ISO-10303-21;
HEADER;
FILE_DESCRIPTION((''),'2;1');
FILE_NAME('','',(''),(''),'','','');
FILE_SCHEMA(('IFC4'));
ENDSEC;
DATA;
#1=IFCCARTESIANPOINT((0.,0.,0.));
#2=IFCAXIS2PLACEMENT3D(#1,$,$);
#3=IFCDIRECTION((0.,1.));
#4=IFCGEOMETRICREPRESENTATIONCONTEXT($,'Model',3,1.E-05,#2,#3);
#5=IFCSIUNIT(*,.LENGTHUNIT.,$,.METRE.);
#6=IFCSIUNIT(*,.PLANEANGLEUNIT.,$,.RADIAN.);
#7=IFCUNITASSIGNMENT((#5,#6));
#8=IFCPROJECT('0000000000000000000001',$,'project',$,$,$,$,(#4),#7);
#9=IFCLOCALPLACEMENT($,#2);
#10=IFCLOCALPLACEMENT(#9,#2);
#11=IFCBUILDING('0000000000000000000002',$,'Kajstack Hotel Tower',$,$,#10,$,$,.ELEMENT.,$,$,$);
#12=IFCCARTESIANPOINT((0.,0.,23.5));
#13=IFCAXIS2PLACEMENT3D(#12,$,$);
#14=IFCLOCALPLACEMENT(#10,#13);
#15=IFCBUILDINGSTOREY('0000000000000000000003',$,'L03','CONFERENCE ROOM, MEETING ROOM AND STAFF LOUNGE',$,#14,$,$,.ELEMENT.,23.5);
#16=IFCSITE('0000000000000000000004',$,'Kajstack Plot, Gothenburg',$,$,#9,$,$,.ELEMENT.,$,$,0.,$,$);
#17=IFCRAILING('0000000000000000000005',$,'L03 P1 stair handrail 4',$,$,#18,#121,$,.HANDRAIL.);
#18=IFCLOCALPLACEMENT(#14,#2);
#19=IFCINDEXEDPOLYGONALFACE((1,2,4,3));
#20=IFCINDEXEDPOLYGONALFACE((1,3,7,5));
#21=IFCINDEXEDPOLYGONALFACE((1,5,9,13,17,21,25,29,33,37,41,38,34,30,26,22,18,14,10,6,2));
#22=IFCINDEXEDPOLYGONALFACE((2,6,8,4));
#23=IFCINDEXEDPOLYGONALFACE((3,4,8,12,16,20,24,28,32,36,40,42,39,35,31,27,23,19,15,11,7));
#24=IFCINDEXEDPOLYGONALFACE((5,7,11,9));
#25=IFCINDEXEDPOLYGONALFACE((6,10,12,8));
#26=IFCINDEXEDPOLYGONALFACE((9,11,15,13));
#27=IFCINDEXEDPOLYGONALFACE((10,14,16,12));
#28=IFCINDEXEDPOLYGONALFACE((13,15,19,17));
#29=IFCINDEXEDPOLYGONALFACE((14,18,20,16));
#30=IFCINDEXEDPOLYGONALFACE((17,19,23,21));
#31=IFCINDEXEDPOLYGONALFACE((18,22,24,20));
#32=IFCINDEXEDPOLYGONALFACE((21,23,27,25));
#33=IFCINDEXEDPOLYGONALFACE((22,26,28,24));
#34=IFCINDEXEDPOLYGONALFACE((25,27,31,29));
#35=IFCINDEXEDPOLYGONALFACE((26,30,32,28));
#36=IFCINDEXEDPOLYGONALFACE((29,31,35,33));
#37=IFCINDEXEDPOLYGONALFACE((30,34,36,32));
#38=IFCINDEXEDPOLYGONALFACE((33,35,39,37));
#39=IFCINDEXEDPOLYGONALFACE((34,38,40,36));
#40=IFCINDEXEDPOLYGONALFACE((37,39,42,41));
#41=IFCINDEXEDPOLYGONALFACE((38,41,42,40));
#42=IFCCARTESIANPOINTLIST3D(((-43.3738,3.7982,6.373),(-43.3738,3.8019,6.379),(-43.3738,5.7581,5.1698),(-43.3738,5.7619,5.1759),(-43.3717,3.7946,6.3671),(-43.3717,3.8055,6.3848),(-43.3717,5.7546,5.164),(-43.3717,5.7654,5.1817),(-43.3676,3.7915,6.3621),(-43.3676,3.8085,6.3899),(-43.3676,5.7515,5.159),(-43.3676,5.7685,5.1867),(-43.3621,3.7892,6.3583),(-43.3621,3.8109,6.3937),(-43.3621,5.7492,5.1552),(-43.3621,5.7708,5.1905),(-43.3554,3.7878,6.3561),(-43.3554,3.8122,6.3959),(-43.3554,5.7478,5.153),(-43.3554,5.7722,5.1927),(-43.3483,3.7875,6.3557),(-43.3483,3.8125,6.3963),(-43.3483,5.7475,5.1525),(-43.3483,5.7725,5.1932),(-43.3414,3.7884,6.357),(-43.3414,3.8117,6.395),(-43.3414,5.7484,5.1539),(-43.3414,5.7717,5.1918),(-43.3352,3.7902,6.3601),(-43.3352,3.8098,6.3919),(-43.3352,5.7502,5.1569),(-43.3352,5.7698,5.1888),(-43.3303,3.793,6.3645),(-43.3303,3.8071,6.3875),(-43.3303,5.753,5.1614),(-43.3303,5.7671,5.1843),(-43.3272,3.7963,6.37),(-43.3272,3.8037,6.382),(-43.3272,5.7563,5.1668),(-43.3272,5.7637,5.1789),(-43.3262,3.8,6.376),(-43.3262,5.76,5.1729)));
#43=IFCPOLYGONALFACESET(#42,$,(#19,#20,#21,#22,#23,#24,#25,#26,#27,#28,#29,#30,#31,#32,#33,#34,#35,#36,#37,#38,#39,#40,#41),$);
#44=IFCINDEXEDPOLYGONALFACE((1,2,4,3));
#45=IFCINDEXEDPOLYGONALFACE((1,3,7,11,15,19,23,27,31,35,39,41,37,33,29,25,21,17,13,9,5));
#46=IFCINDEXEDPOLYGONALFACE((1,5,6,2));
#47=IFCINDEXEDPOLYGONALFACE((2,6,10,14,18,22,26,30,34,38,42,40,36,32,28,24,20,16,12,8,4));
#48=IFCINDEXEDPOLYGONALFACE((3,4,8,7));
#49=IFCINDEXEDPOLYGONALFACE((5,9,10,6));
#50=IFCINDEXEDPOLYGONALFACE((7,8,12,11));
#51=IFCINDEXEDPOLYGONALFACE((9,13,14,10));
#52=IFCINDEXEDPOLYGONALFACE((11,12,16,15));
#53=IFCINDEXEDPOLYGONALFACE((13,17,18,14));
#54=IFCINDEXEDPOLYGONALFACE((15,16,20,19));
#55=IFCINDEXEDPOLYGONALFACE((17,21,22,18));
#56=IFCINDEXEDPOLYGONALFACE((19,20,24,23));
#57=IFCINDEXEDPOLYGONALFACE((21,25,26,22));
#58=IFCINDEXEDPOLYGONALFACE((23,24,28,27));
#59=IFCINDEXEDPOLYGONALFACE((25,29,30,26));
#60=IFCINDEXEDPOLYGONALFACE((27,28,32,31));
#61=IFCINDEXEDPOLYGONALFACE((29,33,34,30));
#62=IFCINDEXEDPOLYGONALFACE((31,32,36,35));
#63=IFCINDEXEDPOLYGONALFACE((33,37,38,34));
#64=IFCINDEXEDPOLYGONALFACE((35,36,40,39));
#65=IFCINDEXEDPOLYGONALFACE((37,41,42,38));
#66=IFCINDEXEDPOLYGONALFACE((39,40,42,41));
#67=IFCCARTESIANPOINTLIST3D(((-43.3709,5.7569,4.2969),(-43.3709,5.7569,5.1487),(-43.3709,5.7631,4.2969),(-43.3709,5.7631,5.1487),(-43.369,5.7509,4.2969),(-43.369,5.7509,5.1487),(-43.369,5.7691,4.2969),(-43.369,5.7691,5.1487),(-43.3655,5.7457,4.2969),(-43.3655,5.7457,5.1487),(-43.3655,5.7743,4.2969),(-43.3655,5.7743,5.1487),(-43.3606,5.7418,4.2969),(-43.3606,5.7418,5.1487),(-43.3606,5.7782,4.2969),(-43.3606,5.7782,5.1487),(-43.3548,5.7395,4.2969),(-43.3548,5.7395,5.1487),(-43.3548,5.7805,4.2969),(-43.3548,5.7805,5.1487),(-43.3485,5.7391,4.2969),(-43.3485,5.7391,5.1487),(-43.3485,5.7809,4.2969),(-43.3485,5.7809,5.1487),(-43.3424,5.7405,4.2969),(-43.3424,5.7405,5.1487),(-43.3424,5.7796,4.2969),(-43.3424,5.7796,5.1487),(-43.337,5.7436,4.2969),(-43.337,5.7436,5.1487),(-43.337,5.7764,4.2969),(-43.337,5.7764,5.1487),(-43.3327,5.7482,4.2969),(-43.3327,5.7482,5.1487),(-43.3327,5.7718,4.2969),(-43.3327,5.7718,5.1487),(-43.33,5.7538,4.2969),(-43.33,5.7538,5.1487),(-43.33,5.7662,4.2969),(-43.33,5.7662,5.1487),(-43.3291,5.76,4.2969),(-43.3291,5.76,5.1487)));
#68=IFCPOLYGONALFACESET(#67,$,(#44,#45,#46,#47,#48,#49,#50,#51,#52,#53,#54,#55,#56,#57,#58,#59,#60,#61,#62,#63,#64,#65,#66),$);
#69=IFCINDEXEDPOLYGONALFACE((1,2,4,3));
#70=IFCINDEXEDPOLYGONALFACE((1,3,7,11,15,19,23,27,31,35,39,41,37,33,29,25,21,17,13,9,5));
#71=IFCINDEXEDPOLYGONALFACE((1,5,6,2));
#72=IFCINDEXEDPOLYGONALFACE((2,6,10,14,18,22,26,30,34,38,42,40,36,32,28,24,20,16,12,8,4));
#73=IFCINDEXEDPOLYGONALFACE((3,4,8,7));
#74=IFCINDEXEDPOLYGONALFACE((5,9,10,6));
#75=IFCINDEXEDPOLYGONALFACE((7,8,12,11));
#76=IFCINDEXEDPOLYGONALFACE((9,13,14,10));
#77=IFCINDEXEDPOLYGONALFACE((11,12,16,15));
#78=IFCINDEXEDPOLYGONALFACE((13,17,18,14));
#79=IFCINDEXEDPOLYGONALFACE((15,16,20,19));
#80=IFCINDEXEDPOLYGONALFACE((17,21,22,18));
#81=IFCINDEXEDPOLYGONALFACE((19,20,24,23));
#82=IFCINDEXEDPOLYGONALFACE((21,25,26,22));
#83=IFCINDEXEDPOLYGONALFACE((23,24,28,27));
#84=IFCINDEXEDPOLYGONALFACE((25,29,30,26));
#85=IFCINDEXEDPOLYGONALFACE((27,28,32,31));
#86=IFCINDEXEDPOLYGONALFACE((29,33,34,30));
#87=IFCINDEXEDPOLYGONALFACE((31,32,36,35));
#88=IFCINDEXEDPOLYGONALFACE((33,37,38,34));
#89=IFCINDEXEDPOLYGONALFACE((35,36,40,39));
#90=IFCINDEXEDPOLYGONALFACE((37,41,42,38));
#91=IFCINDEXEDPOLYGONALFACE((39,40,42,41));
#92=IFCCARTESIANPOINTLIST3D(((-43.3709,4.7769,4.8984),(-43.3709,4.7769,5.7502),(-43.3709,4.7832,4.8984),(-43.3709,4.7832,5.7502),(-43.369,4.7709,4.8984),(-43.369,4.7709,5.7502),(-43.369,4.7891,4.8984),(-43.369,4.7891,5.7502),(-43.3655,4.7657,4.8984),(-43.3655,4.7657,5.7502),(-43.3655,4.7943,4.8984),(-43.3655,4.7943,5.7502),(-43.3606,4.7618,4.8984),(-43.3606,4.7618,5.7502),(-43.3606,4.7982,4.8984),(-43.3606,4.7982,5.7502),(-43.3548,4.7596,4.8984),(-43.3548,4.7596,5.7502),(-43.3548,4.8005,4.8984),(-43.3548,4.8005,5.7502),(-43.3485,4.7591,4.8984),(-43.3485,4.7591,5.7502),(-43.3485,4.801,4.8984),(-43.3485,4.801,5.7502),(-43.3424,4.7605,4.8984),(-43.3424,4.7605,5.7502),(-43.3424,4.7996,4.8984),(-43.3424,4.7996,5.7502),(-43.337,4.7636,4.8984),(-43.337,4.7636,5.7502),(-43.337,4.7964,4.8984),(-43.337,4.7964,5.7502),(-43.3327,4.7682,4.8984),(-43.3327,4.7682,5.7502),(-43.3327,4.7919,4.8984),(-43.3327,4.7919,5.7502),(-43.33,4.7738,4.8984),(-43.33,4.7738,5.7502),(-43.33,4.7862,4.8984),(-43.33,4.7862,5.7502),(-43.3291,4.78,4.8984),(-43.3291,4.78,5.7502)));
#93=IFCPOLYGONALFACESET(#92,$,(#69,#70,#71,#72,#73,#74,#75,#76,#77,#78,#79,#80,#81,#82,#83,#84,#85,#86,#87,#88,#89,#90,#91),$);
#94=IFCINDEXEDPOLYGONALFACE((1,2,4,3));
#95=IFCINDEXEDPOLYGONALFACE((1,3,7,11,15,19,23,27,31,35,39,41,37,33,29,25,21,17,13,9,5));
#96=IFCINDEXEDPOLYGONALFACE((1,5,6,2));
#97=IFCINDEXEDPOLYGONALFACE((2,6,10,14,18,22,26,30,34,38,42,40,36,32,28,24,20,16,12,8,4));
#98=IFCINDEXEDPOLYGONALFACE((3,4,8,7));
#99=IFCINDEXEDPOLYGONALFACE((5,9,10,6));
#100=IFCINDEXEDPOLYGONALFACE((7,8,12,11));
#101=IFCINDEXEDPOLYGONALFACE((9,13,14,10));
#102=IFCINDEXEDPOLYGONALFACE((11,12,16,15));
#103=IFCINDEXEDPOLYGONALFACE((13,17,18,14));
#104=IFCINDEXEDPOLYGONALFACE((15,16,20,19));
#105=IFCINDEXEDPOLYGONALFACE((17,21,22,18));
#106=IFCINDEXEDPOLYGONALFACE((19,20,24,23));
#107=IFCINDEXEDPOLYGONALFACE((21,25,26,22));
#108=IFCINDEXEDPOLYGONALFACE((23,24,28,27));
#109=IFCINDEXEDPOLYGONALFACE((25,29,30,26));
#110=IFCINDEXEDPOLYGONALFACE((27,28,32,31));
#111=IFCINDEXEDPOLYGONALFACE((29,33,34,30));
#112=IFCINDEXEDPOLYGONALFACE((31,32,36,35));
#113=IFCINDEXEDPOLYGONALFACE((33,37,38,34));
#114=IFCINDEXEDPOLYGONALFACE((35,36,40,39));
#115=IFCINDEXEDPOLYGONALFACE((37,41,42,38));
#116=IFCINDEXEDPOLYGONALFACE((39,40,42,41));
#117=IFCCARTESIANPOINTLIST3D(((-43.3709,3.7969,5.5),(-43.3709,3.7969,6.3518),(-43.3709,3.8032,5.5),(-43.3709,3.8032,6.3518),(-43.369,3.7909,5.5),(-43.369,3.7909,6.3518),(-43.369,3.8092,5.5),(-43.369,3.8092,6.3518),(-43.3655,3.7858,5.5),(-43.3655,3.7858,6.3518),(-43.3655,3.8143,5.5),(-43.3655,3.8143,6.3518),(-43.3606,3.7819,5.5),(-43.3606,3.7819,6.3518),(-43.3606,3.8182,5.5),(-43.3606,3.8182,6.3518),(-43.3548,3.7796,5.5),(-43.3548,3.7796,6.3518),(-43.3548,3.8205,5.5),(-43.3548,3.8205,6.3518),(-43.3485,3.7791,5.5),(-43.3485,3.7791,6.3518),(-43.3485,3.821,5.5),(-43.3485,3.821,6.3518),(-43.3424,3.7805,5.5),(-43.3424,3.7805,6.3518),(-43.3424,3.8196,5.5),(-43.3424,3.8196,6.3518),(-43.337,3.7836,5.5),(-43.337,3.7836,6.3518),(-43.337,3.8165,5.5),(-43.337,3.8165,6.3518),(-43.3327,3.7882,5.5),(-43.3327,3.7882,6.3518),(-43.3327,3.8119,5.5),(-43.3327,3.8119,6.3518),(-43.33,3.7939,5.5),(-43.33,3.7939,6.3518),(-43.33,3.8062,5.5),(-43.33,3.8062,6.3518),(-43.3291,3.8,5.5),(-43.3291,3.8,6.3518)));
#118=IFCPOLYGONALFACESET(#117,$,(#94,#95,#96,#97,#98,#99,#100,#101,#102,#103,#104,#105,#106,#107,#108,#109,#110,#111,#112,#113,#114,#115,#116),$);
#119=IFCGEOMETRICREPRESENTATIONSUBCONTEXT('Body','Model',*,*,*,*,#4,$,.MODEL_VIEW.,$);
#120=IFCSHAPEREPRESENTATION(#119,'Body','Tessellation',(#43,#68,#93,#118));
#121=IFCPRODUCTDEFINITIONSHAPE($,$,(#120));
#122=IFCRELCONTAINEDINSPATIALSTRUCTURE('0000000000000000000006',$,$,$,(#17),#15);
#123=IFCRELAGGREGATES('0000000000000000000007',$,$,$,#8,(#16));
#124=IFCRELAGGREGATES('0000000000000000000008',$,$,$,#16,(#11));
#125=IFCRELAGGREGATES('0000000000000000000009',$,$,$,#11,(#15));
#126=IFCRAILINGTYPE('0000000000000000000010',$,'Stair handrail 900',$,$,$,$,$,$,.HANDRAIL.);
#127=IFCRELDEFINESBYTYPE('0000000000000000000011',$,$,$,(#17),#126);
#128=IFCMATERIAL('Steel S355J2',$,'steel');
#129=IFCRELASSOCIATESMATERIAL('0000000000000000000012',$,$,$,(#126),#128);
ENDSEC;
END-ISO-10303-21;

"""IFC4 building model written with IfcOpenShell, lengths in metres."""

from ifc_helpers import new_model, si_unit, direction, frame, origin, origin_2d, place, context, subcontext, project, spatial, circle, extrude, material, type_object, element, save


model = new_model("IFC4")

# Units and contexts
model_context = context("Model", 3, precision=1e-05, world=origin(), true_north=direction((0.0, 1.0)))
body_context = subcontext(model_context, "Body", "Model", "MODEL_VIEW")
ifc_project = project(units=[si_unit("LENGTHUNIT", "METRE"), si_unit("PLANEANGLEUNIT", "RADIAN")], contexts=[model_context])

# Site, building, storey
site_placement = place(None, origin())
site = spatial("IfcSite", under=ifc_project, at=site_placement, Name="Kajstack Plot, Gothenburg", CompositionType="ELEMENT", RefElevation=0.0)
building_placement = place(site_placement, origin())
building = spatial("IfcBuilding", under=site, at=building_placement, Name="Kajstack Hotel Tower", CompositionType="ELEMENT")
storey_placement = place(building_placement, frame((0.0, 0.0, 23.5)))
storey = spatial("IfcBuildingStorey", under=building, at=storey_placement, Name="L03", Description="CONFERENCE ROOM, MEETING ROOM AND STAFF LOUNGE", CompositionType="ELEMENT", Elevation=23.5)

# Railing
ifc_material_1 = material(Name="Steel S355J2", Category="steel")
railing_type_1 = type_object("IfcRailingType", Name="Stair handrail 900", PredefinedType="HANDRAIL", material=ifc_material_1)
railing_1_placement = place(storey_placement, frame((-43.3501, 5.76, 4.2969)))
element("IfcRailing", 1, at=railing_1_placement, inside=storey, type_object=railing_type_1, Name="L03 P1 stair handrail 4", PredefinedType="HANDRAIL", context=body_context, shape_type="SweptSolid", body=[
    extrude(circle(Radius=0.0239, at=origin_2d()), frame((0.0, 0.0, 0.876), z_axis=(0.0, -0.852241, 0.523149), x_axis=(1.0, 0.0, 0.0)), (0.0, 0.0, 1.0), 2.2998),
    extrude(circle(Radius=0.021, at=origin_2d()), origin(), (0.0, 0.0, 1.0), 0.8518),
    extrude(circle(Radius=0.021, at=origin_2d()), frame((0.0, -0.98, 0.6016)), (0.0, 0.0, 1.0), 0.8518),
    extrude(circle(Radius=0.021, at=origin_2d()), frame((0.0, -1.96, 1.2031)), (0.0, 0.0, 1.0), 0.8518),
])

save(model, "model.ifc")
